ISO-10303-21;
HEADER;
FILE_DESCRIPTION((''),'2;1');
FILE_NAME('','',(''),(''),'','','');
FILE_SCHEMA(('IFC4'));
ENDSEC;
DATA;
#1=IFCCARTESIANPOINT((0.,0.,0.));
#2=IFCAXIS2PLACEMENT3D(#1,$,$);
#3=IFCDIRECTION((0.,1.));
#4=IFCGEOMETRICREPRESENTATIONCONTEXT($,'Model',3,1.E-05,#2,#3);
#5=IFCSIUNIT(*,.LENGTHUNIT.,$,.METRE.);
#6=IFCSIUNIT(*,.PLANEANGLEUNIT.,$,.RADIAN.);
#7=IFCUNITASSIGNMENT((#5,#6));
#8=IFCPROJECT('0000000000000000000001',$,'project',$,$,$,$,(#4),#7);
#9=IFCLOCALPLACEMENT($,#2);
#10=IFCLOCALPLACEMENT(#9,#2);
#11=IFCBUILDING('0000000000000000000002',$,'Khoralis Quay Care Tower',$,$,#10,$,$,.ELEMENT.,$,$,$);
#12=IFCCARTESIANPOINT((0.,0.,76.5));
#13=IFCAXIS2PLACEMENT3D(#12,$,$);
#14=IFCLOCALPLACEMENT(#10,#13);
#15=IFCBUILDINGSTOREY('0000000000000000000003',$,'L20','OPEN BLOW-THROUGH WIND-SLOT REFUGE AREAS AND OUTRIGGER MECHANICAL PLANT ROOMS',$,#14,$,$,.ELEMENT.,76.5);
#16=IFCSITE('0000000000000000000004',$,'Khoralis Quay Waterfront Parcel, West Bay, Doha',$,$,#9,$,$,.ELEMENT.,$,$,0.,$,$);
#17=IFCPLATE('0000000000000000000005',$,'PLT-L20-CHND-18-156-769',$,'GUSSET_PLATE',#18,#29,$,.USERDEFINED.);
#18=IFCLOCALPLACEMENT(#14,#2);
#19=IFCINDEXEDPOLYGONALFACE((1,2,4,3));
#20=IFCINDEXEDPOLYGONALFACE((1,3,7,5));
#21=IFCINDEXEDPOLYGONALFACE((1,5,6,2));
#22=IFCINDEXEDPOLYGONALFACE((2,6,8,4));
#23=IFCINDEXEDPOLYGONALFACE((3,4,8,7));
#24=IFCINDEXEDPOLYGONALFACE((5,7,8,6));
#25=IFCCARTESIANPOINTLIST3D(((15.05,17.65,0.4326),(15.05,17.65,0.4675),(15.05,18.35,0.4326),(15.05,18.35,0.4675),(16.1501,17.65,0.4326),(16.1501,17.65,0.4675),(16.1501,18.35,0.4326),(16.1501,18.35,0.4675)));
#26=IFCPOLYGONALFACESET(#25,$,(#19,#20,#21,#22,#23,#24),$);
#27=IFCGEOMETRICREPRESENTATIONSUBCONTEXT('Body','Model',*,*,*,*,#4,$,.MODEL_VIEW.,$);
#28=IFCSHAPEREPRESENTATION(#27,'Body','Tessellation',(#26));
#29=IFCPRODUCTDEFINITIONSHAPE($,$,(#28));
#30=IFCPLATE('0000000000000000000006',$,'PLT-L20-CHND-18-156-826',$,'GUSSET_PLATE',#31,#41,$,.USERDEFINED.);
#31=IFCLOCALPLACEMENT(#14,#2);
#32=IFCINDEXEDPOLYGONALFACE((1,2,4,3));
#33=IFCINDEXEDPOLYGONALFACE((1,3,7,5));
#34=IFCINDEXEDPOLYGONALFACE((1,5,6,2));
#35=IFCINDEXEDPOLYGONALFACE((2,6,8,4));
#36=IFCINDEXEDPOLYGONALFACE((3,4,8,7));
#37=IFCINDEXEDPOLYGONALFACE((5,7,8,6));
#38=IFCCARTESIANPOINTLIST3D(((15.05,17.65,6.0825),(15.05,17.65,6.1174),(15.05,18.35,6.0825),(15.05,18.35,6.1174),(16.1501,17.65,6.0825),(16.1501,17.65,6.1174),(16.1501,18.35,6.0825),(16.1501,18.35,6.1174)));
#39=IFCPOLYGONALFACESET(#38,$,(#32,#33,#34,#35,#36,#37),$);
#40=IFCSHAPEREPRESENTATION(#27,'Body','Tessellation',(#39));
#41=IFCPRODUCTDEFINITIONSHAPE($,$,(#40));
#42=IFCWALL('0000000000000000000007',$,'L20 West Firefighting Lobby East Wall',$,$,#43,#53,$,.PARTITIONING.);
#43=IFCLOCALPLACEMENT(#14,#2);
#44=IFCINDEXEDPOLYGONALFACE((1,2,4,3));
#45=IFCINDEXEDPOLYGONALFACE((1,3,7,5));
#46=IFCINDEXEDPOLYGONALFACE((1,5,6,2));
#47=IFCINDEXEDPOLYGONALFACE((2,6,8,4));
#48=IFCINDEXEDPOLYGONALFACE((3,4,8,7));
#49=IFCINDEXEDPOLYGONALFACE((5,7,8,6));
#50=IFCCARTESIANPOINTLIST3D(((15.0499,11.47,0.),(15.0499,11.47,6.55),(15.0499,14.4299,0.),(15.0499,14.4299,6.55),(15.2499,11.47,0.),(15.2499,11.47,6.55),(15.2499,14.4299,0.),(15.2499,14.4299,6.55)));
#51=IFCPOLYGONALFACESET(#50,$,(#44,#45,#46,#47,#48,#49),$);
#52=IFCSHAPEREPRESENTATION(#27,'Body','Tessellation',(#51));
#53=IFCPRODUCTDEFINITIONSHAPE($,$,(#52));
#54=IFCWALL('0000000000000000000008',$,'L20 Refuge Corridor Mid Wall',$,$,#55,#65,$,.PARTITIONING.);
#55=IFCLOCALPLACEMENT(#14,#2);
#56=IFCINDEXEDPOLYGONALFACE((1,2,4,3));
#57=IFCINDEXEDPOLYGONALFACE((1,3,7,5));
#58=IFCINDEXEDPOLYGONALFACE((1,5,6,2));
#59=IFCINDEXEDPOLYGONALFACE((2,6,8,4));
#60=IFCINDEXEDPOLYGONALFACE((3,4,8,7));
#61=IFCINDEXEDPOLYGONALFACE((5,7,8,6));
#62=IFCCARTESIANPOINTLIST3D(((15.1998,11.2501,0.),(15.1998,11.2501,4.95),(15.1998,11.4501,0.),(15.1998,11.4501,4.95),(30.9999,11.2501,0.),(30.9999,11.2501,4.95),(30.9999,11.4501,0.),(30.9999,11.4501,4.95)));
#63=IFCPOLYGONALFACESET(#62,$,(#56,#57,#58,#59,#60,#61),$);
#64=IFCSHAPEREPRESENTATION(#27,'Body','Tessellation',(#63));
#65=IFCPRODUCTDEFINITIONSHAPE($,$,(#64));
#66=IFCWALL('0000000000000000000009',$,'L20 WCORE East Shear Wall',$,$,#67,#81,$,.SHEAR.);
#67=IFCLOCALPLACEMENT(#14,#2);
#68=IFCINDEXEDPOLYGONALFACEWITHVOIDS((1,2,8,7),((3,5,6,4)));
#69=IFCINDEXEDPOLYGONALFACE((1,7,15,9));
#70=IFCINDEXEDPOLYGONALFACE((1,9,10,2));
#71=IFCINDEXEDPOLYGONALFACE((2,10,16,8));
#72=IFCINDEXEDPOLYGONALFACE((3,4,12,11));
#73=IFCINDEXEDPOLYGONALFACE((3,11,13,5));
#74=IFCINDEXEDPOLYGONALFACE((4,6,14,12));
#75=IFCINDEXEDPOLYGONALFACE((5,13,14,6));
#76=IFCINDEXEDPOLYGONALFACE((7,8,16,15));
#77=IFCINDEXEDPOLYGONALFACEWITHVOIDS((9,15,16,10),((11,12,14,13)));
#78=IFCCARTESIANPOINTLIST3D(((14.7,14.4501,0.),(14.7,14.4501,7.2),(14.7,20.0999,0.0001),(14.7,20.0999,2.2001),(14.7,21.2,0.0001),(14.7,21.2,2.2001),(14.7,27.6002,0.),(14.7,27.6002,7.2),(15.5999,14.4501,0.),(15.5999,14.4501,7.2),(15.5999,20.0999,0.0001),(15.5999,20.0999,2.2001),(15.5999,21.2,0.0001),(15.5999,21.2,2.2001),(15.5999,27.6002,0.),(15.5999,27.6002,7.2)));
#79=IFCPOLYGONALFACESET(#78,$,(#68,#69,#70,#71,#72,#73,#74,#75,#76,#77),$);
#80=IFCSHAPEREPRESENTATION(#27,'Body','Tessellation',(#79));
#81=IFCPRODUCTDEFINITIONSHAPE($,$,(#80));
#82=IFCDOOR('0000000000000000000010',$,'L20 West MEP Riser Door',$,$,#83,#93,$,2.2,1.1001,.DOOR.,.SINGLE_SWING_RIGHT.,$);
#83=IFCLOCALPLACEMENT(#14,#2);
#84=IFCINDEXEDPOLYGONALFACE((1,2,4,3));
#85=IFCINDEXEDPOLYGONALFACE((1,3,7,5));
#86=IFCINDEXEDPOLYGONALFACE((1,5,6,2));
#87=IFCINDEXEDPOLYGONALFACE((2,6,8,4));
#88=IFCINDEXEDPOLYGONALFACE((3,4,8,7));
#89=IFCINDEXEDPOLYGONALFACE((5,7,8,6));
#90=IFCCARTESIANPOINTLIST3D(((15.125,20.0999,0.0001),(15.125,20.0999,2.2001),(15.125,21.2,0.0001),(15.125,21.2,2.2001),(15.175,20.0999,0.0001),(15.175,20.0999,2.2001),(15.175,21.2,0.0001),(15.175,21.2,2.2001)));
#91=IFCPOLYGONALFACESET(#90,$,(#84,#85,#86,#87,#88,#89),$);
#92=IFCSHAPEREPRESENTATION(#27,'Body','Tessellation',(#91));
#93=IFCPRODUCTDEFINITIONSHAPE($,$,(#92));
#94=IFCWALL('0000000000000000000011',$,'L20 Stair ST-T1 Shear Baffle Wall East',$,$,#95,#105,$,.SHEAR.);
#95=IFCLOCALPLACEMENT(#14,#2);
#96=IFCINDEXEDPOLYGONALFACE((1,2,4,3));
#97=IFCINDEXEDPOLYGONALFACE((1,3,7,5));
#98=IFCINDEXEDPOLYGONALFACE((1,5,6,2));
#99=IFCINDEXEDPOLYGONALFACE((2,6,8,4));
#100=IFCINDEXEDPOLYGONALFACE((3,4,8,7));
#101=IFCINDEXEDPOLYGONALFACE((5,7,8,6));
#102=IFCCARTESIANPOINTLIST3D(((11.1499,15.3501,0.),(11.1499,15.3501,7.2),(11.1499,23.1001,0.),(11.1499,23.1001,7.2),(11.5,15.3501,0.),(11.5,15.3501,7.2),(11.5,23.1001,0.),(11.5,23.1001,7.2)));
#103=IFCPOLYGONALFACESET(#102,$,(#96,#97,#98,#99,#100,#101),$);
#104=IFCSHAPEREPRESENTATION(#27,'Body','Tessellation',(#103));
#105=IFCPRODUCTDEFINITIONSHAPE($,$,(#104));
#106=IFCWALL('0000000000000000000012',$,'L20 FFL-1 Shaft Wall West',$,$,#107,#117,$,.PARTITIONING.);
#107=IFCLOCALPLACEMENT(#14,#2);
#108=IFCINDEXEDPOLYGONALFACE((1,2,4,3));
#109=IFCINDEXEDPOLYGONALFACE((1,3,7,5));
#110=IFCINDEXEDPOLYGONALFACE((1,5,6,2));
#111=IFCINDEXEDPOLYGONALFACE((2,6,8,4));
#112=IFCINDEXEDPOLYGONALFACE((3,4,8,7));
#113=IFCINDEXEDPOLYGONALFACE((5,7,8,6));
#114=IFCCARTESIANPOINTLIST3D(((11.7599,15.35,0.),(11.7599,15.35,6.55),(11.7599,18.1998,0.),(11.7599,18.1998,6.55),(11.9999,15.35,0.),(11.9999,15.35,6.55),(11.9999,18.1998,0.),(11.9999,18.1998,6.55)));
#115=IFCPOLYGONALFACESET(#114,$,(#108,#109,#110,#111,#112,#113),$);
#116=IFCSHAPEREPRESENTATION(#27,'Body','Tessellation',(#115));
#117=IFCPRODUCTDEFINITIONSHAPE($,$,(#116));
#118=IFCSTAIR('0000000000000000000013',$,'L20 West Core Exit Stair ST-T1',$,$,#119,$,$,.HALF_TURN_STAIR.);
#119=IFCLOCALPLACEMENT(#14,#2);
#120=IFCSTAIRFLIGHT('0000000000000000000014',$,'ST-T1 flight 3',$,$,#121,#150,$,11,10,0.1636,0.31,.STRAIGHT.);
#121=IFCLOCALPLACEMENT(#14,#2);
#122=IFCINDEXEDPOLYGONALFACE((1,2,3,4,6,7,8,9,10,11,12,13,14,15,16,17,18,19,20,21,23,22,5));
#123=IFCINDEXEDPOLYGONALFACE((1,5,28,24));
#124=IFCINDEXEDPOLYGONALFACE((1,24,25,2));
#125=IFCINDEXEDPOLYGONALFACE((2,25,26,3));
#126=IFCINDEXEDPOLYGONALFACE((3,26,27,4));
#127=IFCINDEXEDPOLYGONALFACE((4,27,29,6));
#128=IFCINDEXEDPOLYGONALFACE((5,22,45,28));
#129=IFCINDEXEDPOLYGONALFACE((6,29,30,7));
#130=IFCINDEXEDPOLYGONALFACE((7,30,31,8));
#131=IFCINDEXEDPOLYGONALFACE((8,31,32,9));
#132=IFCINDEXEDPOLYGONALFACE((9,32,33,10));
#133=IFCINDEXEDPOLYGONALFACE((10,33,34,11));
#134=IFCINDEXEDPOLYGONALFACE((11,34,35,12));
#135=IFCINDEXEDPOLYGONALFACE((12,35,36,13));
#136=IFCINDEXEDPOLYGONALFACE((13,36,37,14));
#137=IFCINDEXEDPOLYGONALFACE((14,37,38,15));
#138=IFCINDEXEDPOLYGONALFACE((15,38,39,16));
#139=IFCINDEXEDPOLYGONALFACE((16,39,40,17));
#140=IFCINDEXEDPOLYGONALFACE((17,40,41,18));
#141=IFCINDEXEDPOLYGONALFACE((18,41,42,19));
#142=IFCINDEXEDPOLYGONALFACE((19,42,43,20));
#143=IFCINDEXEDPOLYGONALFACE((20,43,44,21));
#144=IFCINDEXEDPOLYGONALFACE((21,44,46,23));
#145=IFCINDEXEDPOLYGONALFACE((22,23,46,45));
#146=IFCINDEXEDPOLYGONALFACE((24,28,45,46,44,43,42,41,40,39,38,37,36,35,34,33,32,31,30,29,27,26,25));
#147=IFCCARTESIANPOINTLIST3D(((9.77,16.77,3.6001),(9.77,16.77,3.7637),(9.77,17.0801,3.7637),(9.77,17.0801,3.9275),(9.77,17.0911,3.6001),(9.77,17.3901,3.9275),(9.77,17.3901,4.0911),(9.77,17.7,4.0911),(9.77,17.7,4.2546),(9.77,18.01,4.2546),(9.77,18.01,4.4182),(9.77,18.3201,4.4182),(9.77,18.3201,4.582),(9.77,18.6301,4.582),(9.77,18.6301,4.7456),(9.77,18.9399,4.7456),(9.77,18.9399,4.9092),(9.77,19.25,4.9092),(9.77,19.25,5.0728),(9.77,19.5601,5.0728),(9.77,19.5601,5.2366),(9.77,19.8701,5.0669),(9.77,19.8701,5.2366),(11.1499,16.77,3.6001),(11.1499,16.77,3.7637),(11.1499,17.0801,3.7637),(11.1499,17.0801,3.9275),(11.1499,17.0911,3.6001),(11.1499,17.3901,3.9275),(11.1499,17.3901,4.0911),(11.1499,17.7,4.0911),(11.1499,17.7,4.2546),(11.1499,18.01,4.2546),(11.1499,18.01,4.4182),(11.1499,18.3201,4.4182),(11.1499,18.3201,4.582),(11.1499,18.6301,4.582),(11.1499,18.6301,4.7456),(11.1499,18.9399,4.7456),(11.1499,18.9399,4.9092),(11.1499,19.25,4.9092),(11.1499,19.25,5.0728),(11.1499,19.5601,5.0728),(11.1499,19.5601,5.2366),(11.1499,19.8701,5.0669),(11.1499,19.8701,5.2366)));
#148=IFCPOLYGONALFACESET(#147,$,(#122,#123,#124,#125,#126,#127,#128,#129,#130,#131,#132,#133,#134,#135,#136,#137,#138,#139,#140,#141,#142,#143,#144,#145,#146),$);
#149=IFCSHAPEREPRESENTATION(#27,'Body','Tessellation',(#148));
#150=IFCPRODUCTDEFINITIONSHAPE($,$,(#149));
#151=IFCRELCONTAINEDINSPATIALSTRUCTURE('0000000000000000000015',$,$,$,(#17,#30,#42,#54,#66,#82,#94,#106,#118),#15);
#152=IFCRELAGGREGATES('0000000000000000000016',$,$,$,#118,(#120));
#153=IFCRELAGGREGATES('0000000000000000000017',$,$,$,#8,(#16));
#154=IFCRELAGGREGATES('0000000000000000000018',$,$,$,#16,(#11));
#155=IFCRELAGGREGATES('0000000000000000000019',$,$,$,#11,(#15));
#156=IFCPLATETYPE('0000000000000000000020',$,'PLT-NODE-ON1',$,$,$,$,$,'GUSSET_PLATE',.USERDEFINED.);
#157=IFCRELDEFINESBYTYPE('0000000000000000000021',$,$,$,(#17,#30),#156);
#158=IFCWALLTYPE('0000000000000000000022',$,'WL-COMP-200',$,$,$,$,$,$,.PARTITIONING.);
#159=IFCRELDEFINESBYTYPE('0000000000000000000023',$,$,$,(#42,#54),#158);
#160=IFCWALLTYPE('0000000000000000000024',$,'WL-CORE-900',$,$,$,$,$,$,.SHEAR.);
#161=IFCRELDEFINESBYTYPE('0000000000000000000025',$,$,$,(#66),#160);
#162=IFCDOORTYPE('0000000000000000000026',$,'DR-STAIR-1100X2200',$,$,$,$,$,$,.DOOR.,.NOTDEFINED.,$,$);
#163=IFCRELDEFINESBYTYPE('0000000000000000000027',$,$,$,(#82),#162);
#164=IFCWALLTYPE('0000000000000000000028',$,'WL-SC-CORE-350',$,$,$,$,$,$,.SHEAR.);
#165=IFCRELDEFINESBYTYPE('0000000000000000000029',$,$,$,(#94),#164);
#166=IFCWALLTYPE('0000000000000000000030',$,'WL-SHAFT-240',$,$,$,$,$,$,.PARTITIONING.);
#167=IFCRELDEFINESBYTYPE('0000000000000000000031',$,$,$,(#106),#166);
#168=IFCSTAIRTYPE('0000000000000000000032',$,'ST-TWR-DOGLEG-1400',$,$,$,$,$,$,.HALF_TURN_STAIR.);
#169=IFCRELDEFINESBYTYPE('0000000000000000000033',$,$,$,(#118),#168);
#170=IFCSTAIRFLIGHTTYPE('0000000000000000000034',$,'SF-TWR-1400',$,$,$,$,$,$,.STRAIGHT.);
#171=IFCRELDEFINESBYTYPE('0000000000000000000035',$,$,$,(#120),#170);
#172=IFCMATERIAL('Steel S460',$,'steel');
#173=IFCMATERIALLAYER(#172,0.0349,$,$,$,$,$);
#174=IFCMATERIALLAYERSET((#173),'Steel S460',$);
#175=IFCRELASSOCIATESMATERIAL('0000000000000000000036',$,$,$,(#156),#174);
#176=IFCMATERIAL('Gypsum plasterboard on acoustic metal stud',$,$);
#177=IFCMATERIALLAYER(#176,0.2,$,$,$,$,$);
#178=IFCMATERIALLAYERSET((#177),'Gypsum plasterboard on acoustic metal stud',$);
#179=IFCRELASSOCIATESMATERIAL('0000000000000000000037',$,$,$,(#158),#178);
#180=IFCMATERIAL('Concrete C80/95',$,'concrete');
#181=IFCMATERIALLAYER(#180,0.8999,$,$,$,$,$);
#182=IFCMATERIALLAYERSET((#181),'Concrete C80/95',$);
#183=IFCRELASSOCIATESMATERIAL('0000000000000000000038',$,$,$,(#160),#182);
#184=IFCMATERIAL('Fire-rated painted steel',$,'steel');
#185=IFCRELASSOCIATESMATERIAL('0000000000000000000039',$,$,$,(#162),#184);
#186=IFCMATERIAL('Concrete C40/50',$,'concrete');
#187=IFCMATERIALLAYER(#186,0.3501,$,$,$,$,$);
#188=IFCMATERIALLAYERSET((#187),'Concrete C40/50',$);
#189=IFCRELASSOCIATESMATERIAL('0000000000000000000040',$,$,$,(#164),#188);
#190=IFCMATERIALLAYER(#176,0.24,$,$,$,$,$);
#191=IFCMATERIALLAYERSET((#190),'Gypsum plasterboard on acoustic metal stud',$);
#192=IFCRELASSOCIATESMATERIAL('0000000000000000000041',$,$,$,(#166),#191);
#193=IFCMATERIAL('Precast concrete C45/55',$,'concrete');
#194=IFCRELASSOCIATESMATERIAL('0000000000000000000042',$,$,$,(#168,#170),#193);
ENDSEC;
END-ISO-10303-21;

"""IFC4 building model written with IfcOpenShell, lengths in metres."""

from ifc_helpers import new_model, si_unit, direction, frame, frame_2d, origin, origin_2d, place, context, subcontext, project, spatial, polyline, rectangle, outline, extrude, source, transform, mapped, material, layer, layer_set, type_object, element, fill, aggregate, save


model = new_model("IFC4")

# Units and contexts
model_context = context("Model", 3, precision=1e-05, world=origin(), true_north=direction((0.0, 1.0)))
body_context = subcontext(model_context, "Body", "Model", "MODEL_VIEW")
ifc_project = project(units=[si_unit("LENGTHUNIT", "METRE"), si_unit("PLANEANGLEUNIT", "RADIAN")], contexts=[model_context])

# Site, building, storey
site_placement = place(None, origin())
site = spatial("IfcSite", under=ifc_project, at=site_placement, Name="Khoralis Quay Waterfront Parcel, West Bay, Doha", CompositionType="ELEMENT", RefElevation=0.0)
building_placement = place(site_placement, origin())
building = spatial("IfcBuilding", under=site, at=building_placement, Name="Khoralis Quay Care Tower", CompositionType="ELEMENT")
storey_placement = place(building_placement, frame((0.0, 0.0, 76.5)))
storey = spatial("IfcBuildingStorey", under=building, at=storey_placement, Name="L20", Description="OPEN BLOW-THROUGH WIND-SLOT REFUGE AREAS AND OUTRIGGER MECHANICAL PLANT ROOMS", CompositionType="ELEMENT", Elevation=76.5)

# Shared definitions
ifc_material_1 = material(Name="Concrete C80/95", Category="concrete")

# Shared definitions
ifc_material_2 = material(Name="Steel S460", Category="steel")

# Plates
ifc_layer_1 = layer(ifc_material_2, 0.0349)
ifc_layer_set_1 = layer_set([ifc_layer_1], Name="Steel S460")
plate_type = type_object("IfcPlateType", Name="PLT-NODE-ON1", ElementType="GUSSET_PLATE", PredefinedType="USERDEFINED", material=ifc_layer_set_1)
shared_shape_1 = source(origin(), body_context, "Body", "SweptSolid", [
    extrude(rectangle(XDim=1.1001, YDim=0.7, at=origin_2d()), origin(), (0.0, 0.0, 1.0), 0.0349),
])
for number, where, z_axis, x_axis, name in (
    (1, (15.6001, 18.0, 0.4326), (0.0, 0.0, 1.0), (1.0, 0.0, 0.0), "PLT-L20-CHND-18-156-769"),
    (2, (15.6001, 18.0, 6.0825), (0.0, 0.0, 1.0), (1.0, 0.0, 0.0), "PLT-L20-CHND-18-156-826"),
):
    element("IfcPlate", number, at=place(storey_placement, frame(where, z_axis=z_axis, x_axis=x_axis)), inside=storey, type_object=plate_type, Name=name, ObjectType="GUSSET_PLATE", PredefinedType="USERDEFINED", context=body_context, shape_type="MappedRepresentation", body=[
        mapped(shared_shape_1, transform((0.0, 0.0, 0.0), scale=1.0)),
    ])

# Walls
ifc_material_3 = material(Name="Gypsum plasterboard on acoustic metal stud")
ifc_layer_2 = layer(ifc_material_3, 0.2)
ifc_layer_set_2 = layer_set([ifc_layer_2], Name="Gypsum plasterboard on acoustic metal stud")
wall_type_1 = type_object("IfcWallType", Name="WL-COMP-200", PredefinedType="PARTITIONING", material=ifc_layer_set_2)
wall_1_placement = place(storey_placement, frame((15.1499, 11.47, 0.0), z_axis=(0.0, 0.0, 1.0), x_axis=(0.0, 1.0, 0.0)))
element("IfcWall", 3, at=wall_1_placement, inside=storey, type_object=wall_type_1, Name="L20 West Firefighting Lobby East Wall", PredefinedType="PARTITIONING", context=body_context, shape_type="SweptSolid", body=[
    extrude(rectangle(XDim=2.96, YDim=0.2, at=frame_2d((1.48, 0.0))), origin(), (0.0, 0.0, 1.0), 6.55),
])
wall_2_placement = place(storey_placement, frame((15.2, 11.3501, 0.0), z_axis=(0.0, 0.0, 1.0), x_axis=(1.0, 0.0, 0.0)))
element("IfcWall", 4, at=wall_2_placement, inside=storey, type_object=wall_type_1, Name="L20 Refuge Corridor Mid Wall", PredefinedType="PARTITIONING", context=body_context, shape_type="SweptSolid", body=[
    extrude(rectangle(XDim=15.8, YDim=0.2, at=frame_2d((7.8999, 0.0))), origin(), (0.0, 0.0, 1.0), 4.95),
])

# Wall, opening, door
ifc_layer_3 = layer(ifc_material_1, 0.8999)
ifc_layer_set_3 = layer_set([ifc_layer_3], Name="Concrete C80/95")
wall_type_2 = type_object("IfcWallType", Name="WL-CORE-900", PredefinedType="SHEAR", material=ifc_layer_set_3)
wall_3_placement = place(storey_placement, frame((15.1499, 14.45, 0.0), z_axis=(0.0, 0.0, 1.0), x_axis=(0.0, 1.0, 0.0)))
wall_3 = element("IfcWall", 5, at=wall_3_placement, inside=storey, type_object=wall_type_2, Name="L20 WCORE East Shear Wall", PredefinedType="SHEAR", context=body_context, shape_type="SweptSolid", body=[
    extrude(rectangle(XDim=13.1501, YDim=0.8999, at=frame_2d((6.5752, 0.0))), origin(), (0.0, 0.0, 1.0), 7.2),
])
opening_placement = place(wall_3_placement, frame((5.6499, 0.0, 0.0)))
opening = element("IfcOpeningElement", 6, at=opening_placement, cuts=wall_3, PredefinedType="OPENING", context=body_context, shape_type="SweptSolid", body=[
    extrude(rectangle(XDim=1.1001, YDim=2.2, at=frame_2d((0.55, 1.1001))), frame((0.0, 0.46, 0.0), z_axis=(0.0, -1.0, 0.0), x_axis=(1.0, 0.0, 0.0)), (0.0, 0.0, 1.0), 0.9199),
])
ifc_material_4 = material(Name="Fire-rated painted steel", Category="steel")
door_type = type_object("IfcDoorType", Name="DR-STAIR-1100X2200", OperationType="NOTDEFINED", PredefinedType="DOOR", material=ifc_material_4)
shared_shape_2 = source(origin(), body_context, "Body", "SweptSolid", [
    extrude(rectangle(XDim=1.1001, YDim=2.2, at=frame_2d((0.55, 1.1001))), frame((0.0, 0.0249, 0.0), z_axis=(0.0, -1.0, 0.0), x_axis=(1.0, 0.0, 0.0)), (0.0, 0.0, 1.0), 0.05),
])
door_placement = place(opening_placement, origin())
door = element("IfcDoor", 7, at=door_placement, inside=storey, type_object=door_type, Name="L20 West MEP Riser Door", OperationType="SINGLE_SWING_RIGHT", OverallHeight=2.2, OverallWidth=1.1001, PredefinedType="DOOR", context=body_context, shape_type="MappedRepresentation", body=[
    mapped(shared_shape_2, transform((0.0, 0.0, 0.0), scale=1.0)),
])
fill(opening, door)

# Walls
ifc_material_5 = material(Name="Concrete C40/50", Category="concrete")
ifc_layer_4 = layer(ifc_material_5, 0.3501)
ifc_layer_set_4 = layer_set([ifc_layer_4], Name="Concrete C40/50")
wall_type_3 = type_object("IfcWallType", Name="WL-SC-CORE-350", PredefinedType="SHEAR", material=ifc_layer_set_4)
wall_4_placement = place(storey_placement, frame((11.325, 15.3501, 0.0), z_axis=(0.0, 0.0, 1.0), x_axis=(0.0, 1.0, 0.0)))
element("IfcWall", 8, at=wall_4_placement, inside=storey, type_object=wall_type_3, Name="L20 Stair ST-T1 Shear Baffle Wall East", PredefinedType="SHEAR", context=body_context, shape_type="SweptSolid", body=[
    extrude(rectangle(XDim=7.75, YDim=0.3501, at=frame_2d((3.875, 0.0))), origin(), (0.0, 0.0, 1.0), 7.2),
])
ifc_layer_5 = layer(ifc_material_3, 0.24)
ifc_layer_set_5 = layer_set([ifc_layer_5], Name="Gypsum plasterboard on acoustic metal stud")
wall_type_4 = type_object("IfcWallType", Name="WL-SHAFT-240", PredefinedType="PARTITIONING", material=ifc_layer_set_5)
wall_5_placement = place(storey_placement, frame((11.8799, 15.3501, 0.0), z_axis=(0.0, 0.0, 1.0), x_axis=(0.0, 1.0, 0.0)))
element("IfcWall", 9, at=wall_5_placement, inside=storey, type_object=wall_type_4, Name="L20 FFL-1 Shaft Wall West", PredefinedType="PARTITIONING", context=body_context, shape_type="SweptSolid", body=[
    extrude(rectangle(XDim=2.8499, YDim=0.24, at=frame_2d((1.4248, 0.0))), origin(), (0.0, 0.0, 1.0), 6.55),
])

# Stair, stair flight
ifc_material_6 = material(Name="Precast concrete C45/55", Category="concrete")
stair_type = type_object("IfcStairType", Name="ST-TWR-DOGLEG-1400", PredefinedType="HALF_TURN_STAIR", material=ifc_material_6)
stair_placement = place(storey_placement, origin())
stair = element("IfcStair", 10, at=stair_placement, inside=storey, type_object=stair_type, Name="L20 West Core Exit Stair ST-T1", PredefinedType="HALF_TURN_STAIR")
stair_flight_type = type_object("IfcStairFlightType", Name="SF-TWR-1400", PredefinedType="STRAIGHT", material=ifc_material_6)
shared_shape_3 = source(origin(), body_context, "Body", "SweptSolid", [
    extrude(outline(polyline([(0.0, 0.0), (0.0, 0.1636), (0.3101, 0.1636), (0.3101, 0.3274), (0.6201, 0.3274), (0.6201, 0.491), (0.9299, 0.491), (0.9299, 0.6545), (1.24, 0.6545), (1.24, 0.8181), (1.55, 0.8181), (1.55, 0.9819), (1.8601, 0.9819), (1.8601, 1.1455), (2.1699, 1.1455), (2.1699, 1.3091), (2.48, 1.3091), (2.48, 1.4727), (2.79, 1.4727), (2.79, 1.6365), (3.1001, 1.6365), (3.1001, 1.8), (3.1001, 1.4668), (0.321, 0.0), (0.0, 0.0)])), frame((0.0, 0.6899, 0.0), z_axis=(0.0, -1.0, 0.0), x_axis=(1.0, 0.0, 0.0)), (0.0, 0.0, 1.0), 1.3799),
])
stair_flight_placement = place(storey_placement, frame((10.46, 16.77, 3.6001), z_axis=(0.0, 0.0, 1.0), x_axis=(0.0, 1.0, 0.0)))
stair_flight = element("IfcStairFlight", 11, at=stair_flight_placement, type_object=stair_flight_type, Name="ST-T1 flight 3", NumberOfRisers=11, NumberOfTreads=10, PredefinedType="STRAIGHT", RiserHeight=0.1636, TreadLength=0.31, context=body_context, shape_type="MappedRepresentation", body=[
    mapped(shared_shape_3, transform((0.0, 0.0, 0.0), scale=1.0)),
])
aggregate(stair, [stair_flight])

save(model, "model.ifc")
